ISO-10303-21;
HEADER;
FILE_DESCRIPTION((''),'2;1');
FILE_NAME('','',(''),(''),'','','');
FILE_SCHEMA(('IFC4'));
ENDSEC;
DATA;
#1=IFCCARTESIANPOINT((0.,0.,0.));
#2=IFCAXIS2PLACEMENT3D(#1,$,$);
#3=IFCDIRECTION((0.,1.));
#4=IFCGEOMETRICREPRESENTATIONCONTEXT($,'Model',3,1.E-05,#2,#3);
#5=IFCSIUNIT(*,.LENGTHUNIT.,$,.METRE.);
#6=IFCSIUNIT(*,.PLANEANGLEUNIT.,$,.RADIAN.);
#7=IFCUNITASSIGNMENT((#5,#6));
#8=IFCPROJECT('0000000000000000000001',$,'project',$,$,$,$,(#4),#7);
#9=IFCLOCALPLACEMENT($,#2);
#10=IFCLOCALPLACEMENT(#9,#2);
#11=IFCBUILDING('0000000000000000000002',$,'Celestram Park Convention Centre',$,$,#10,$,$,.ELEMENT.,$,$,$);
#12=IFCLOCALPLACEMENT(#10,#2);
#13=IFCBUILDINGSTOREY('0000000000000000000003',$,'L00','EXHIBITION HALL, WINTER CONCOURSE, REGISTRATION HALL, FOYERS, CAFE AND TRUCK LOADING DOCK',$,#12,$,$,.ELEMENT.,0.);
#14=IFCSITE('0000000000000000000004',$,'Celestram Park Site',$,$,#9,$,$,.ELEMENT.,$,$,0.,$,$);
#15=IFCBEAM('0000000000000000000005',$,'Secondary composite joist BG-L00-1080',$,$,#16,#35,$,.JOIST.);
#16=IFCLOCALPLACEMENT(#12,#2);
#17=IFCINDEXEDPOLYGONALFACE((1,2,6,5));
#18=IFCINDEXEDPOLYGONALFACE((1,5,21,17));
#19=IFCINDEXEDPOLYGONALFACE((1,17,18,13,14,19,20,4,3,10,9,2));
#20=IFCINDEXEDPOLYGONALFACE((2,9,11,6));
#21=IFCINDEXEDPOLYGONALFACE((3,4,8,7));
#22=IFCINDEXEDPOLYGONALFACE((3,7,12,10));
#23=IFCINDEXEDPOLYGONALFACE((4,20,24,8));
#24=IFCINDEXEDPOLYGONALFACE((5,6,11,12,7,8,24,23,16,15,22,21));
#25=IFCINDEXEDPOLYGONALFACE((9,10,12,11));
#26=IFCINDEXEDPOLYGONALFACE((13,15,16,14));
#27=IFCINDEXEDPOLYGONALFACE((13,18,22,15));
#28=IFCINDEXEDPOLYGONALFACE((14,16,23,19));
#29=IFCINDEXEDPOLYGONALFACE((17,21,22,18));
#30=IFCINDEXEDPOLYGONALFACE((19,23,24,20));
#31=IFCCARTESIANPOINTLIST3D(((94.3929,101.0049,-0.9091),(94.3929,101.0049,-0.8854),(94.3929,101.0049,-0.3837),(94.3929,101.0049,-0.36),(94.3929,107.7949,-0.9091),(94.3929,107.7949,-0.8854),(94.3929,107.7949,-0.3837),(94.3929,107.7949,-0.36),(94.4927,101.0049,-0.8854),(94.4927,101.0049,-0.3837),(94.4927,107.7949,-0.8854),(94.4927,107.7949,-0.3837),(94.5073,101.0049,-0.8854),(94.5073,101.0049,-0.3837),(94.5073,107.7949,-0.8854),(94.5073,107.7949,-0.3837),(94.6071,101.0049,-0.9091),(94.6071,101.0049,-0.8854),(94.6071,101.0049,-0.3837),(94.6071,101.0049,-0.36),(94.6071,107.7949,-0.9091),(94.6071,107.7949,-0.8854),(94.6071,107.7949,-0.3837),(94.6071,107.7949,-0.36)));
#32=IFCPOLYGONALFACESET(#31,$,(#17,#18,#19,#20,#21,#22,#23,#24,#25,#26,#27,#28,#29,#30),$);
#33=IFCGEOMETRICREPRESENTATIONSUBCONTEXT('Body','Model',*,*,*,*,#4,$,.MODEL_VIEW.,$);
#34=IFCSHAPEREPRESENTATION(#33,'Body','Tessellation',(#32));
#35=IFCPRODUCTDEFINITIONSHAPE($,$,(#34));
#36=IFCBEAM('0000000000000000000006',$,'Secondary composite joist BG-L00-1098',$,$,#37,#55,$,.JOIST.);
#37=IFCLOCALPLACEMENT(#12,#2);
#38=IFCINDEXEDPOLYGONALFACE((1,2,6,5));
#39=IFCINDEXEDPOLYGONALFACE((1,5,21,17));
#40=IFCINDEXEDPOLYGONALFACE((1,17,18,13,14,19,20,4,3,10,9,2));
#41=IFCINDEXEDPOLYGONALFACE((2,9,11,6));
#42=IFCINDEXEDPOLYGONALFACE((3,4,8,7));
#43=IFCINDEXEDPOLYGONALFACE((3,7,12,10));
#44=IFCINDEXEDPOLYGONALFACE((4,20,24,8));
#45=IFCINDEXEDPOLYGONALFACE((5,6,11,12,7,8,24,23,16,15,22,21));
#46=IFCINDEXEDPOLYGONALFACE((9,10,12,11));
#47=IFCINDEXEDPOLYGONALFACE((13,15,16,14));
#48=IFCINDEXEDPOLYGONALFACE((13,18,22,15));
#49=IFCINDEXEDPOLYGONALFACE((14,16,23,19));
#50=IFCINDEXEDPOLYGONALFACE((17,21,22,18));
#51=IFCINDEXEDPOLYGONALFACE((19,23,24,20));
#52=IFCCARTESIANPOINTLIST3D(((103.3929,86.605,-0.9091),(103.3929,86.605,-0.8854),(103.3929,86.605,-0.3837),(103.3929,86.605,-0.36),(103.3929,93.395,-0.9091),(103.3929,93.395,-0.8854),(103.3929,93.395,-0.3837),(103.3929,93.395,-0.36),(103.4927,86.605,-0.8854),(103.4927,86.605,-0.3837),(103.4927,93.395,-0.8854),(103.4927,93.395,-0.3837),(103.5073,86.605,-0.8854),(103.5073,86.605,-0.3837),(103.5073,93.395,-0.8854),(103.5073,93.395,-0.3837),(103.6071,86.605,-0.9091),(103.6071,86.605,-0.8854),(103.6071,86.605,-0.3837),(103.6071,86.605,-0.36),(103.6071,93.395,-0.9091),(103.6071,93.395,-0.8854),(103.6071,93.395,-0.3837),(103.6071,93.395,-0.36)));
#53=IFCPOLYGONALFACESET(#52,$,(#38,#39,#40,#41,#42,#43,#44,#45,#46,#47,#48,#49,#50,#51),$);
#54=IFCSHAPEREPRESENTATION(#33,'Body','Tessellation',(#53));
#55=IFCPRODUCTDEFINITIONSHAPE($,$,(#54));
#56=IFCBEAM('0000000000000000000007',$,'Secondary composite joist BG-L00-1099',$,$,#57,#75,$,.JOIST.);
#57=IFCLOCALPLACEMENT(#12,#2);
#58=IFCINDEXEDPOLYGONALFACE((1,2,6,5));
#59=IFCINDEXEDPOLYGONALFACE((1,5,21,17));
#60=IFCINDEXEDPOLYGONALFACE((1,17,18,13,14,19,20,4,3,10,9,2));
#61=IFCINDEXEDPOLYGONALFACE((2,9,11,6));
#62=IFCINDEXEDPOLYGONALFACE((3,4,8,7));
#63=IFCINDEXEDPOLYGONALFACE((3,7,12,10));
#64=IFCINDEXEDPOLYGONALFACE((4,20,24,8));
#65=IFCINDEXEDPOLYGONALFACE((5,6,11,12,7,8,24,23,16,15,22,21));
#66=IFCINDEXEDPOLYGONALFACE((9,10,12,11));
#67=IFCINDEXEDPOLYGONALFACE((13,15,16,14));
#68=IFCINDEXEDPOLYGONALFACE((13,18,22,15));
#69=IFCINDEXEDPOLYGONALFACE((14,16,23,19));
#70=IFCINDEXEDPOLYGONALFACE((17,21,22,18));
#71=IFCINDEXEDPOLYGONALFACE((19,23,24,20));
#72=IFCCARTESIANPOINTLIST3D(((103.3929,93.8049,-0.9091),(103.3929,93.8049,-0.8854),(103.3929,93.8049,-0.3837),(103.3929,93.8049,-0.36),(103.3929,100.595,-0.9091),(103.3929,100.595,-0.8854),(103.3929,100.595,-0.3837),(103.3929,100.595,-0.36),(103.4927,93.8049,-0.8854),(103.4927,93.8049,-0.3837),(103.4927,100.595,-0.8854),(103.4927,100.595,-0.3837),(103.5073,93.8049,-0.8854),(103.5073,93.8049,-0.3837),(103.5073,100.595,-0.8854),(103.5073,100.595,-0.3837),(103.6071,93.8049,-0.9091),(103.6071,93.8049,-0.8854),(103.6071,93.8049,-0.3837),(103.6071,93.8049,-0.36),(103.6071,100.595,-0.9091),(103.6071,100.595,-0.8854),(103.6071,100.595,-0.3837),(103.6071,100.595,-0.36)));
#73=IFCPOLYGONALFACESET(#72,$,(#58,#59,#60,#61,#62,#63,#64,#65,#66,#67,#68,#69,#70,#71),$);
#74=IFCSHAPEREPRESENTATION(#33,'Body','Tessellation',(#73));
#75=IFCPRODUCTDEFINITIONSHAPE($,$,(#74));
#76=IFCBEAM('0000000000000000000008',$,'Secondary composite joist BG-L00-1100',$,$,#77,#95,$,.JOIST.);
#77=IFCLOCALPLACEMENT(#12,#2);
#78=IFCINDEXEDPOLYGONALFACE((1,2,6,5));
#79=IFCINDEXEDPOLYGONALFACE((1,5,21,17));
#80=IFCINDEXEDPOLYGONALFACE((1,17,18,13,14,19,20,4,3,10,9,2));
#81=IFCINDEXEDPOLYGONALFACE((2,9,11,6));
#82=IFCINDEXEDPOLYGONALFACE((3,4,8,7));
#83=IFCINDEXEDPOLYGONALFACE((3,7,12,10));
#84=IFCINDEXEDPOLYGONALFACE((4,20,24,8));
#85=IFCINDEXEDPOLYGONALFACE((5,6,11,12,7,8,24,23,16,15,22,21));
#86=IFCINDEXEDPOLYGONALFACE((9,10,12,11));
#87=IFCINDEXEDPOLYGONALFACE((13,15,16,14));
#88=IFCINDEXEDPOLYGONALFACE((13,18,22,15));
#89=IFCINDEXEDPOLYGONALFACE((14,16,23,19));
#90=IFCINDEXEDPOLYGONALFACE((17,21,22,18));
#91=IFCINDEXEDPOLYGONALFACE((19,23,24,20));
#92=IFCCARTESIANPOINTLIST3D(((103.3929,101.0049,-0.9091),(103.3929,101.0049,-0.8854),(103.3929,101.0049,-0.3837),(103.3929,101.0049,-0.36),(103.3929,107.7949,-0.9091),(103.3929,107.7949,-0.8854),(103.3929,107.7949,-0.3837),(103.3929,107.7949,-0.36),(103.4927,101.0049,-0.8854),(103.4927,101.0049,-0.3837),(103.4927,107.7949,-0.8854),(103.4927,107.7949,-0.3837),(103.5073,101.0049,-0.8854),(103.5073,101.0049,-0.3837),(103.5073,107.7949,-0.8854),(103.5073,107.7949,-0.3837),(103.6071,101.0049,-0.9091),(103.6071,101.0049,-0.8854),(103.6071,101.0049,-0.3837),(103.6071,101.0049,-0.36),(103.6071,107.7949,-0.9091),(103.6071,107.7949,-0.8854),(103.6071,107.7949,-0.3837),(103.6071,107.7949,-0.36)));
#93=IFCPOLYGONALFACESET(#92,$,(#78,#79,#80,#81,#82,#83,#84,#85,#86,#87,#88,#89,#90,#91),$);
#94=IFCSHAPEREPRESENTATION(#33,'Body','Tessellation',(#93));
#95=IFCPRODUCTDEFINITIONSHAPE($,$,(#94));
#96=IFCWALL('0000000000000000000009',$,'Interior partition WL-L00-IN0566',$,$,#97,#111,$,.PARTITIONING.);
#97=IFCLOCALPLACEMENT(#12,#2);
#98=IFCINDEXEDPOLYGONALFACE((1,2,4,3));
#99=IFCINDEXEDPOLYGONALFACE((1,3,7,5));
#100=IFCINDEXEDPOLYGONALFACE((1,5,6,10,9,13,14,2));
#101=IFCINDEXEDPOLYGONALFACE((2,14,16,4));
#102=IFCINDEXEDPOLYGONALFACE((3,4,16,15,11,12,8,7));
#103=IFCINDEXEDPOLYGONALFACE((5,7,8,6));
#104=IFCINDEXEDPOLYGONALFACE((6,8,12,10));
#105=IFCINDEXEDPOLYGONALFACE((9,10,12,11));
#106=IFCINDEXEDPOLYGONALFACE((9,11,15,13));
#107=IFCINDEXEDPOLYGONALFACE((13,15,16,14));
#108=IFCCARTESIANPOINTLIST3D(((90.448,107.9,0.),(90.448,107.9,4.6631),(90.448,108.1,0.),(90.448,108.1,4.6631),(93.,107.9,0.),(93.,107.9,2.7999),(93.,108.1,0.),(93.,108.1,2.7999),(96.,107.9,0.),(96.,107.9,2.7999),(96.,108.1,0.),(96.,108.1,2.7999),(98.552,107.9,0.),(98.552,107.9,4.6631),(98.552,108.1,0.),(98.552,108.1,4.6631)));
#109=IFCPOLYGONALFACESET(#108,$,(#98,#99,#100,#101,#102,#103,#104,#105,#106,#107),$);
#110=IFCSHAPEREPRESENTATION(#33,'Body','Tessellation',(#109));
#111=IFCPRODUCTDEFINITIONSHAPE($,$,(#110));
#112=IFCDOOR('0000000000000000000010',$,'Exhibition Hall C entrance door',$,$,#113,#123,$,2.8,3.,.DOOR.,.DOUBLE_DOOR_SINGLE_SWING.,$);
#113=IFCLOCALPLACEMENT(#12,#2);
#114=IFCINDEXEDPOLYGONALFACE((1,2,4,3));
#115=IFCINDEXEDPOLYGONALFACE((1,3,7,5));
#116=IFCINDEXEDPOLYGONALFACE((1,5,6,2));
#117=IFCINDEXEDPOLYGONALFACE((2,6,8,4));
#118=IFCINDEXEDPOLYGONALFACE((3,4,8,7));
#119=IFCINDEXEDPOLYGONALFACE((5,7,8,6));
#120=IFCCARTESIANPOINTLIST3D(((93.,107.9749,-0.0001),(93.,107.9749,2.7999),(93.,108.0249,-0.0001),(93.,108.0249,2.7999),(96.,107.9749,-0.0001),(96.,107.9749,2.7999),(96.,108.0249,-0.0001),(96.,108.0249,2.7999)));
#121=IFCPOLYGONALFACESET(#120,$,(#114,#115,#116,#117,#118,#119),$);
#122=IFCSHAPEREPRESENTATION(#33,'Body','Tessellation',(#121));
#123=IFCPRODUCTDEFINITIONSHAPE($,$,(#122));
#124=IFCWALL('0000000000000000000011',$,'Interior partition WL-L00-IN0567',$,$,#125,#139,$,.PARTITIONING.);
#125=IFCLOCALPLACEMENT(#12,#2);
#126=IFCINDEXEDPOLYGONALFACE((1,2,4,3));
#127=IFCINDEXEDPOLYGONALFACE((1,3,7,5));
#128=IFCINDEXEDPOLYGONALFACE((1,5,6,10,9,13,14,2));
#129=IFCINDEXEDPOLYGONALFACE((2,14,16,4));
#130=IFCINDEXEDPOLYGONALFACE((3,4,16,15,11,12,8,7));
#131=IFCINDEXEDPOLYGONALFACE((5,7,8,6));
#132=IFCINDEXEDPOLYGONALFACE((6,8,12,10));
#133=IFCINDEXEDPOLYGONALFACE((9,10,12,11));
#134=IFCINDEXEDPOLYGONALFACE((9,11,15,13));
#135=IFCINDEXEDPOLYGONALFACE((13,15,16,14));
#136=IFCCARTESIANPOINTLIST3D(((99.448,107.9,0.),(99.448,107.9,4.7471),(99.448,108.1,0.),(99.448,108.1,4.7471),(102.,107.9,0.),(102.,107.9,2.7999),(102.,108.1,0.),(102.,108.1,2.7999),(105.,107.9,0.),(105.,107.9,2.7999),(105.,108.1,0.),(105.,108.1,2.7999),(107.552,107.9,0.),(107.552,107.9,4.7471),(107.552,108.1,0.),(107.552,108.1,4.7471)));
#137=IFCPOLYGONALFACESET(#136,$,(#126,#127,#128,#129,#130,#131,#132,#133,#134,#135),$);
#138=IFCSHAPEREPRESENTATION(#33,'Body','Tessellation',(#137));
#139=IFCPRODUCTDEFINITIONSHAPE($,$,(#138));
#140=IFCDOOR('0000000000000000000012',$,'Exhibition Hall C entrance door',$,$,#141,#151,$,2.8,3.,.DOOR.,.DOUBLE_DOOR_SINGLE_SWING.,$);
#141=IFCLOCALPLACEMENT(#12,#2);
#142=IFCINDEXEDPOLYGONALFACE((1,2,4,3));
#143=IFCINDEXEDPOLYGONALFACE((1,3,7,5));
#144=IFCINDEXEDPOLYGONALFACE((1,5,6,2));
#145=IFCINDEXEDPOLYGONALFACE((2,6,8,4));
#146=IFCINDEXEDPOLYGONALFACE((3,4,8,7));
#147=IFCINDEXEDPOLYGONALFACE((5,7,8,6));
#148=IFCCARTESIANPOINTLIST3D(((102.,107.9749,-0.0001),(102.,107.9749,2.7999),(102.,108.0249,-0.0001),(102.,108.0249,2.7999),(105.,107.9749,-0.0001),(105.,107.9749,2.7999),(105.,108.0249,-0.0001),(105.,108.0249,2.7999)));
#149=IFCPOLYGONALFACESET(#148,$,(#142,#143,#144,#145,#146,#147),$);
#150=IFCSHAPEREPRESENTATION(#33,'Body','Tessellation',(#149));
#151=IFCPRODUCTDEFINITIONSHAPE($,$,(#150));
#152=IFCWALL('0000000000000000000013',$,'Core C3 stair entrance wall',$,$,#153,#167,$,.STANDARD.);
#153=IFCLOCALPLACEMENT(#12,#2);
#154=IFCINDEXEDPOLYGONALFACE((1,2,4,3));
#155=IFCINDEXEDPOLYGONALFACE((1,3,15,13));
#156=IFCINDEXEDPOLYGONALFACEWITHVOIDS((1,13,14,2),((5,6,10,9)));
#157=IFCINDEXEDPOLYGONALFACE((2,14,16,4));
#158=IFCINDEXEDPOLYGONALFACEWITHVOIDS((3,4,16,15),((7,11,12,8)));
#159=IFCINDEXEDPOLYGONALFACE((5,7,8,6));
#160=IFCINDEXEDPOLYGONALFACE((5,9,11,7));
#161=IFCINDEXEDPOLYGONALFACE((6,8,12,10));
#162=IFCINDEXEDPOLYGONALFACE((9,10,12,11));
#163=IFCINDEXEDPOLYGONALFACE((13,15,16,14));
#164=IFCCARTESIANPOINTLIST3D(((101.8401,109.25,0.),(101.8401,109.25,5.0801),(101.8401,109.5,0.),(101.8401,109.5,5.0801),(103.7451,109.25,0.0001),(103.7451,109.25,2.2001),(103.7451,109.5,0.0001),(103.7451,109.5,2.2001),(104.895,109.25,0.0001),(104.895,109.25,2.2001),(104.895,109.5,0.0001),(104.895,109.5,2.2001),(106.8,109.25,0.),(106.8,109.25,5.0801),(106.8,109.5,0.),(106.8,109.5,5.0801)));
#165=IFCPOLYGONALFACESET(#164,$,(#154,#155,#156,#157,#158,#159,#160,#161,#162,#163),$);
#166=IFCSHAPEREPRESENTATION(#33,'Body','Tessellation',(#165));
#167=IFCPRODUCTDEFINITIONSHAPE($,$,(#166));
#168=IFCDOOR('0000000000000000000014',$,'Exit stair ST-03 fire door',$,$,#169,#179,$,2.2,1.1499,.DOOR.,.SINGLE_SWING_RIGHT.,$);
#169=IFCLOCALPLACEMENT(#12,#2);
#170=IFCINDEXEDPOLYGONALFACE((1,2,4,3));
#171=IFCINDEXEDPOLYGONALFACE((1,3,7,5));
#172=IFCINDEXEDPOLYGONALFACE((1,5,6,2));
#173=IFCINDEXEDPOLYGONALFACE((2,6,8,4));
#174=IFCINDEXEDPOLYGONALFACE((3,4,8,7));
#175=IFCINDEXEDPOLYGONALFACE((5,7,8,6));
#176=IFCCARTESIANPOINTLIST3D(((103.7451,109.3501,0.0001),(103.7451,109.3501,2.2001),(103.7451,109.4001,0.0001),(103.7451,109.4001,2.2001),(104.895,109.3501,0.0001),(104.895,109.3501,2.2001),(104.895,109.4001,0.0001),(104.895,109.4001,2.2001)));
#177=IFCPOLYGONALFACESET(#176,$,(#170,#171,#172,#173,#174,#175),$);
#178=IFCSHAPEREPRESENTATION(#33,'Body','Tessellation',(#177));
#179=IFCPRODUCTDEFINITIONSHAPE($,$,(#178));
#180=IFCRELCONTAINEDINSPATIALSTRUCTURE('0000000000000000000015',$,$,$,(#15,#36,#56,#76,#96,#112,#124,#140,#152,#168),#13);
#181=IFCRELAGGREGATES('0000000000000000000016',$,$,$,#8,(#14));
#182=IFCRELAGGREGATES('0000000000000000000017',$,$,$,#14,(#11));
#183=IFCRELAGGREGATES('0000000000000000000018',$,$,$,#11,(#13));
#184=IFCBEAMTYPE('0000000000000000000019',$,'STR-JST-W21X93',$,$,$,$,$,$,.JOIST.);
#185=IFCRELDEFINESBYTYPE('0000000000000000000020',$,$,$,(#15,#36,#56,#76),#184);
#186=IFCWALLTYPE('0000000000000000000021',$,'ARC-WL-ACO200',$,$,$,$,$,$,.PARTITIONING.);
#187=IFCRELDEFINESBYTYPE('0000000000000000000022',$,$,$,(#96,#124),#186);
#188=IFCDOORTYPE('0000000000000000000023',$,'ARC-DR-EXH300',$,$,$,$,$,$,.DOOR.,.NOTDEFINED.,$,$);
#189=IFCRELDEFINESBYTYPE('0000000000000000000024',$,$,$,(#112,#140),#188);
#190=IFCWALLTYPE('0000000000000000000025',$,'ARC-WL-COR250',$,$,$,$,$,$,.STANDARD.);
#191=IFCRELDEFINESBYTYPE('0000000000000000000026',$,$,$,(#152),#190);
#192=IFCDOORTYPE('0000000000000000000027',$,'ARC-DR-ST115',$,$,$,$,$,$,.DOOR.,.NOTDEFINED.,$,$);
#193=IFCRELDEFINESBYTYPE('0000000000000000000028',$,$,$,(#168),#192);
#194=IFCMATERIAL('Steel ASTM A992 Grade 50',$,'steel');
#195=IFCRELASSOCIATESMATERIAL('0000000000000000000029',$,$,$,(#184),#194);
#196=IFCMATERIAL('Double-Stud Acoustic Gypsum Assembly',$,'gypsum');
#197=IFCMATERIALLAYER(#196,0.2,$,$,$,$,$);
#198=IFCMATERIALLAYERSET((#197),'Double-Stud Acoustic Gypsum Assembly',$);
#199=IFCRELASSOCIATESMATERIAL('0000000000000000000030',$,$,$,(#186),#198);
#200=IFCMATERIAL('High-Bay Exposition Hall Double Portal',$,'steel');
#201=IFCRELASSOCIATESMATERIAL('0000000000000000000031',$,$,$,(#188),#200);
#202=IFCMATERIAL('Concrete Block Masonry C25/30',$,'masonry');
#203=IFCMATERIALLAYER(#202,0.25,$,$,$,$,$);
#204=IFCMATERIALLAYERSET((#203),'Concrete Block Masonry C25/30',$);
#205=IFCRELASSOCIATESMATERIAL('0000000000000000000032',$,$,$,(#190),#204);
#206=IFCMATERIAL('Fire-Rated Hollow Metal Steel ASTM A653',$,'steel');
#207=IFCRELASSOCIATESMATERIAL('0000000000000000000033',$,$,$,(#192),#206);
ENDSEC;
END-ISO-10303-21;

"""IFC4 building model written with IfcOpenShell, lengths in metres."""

from ifc_helpers import new_model, si_unit, direction, frame, frame_2d, origin, origin_2d, place, context, subcontext, project, spatial, rectangle, i_section, extrude, material, layer, layer_set, material_profile, profile_set, type_object, element, fill, save


model = new_model("IFC4")

# Units and contexts
model_context = context("Model", 3, precision=1e-05, world=origin(), true_north=direction((0.0, 1.0)))
body_context = subcontext(model_context, "Body", "Model", "MODEL_VIEW")
ifc_project = project(units=[si_unit("LENGTHUNIT", "METRE"), si_unit("PLANEANGLEUNIT", "RADIAN")], contexts=[model_context])

# Site, building, storey
site_placement = place(None, origin())
site = spatial("IfcSite", under=ifc_project, at=site_placement, Name="Celestram Park Site", CompositionType="ELEMENT", RefElevation=0.0)
building_placement = place(site_placement, origin())
building = spatial("IfcBuilding", under=site, at=building_placement, Name="Celestram Park Convention Centre", CompositionType="ELEMENT")
storey_placement = place(building_placement, origin())
storey = spatial("IfcBuildingStorey", under=building, at=storey_placement, Name="L00", Description="EXHIBITION HALL, WINTER CONCOURSE, REGISTRATION HALL, FOYERS, CAFE AND TRUCK LOADING DOCK", CompositionType="ELEMENT", Elevation=0.0)

# Beams
ifc_material_1 = material(Name="Steel ASTM A992 Grade 50", Category="steel")
ifc_material_profile_1 = material_profile(ifc_material_1, i_section(OverallWidth=0.2141, OverallDepth=0.5491, WebThickness=0.0146, FlangeThickness=0.0237, at=origin_2d()), Name="W21X93")
ifc_profile_set_1 = profile_set([ifc_material_profile_1], Name="Steel ASTM A992 Grade 50")
beam_type_1 = type_object("IfcBeamType", Name="STR-JST-W21X93", PredefinedType="JOIST", material=ifc_profile_set_1)
for number, where, z_axis, x_axis, name in (
    (1, (94.5, 101.0049, -0.6345), (0.0, 1.0, 0.0), (-1.0, 0.0, 0.0), "Secondary composite joist BG-L00-1080"),
    (2, (103.5, 86.605, -0.6345), (0.0, 1.0, 0.0), (-1.0, 0.0, 0.0), "Secondary composite joist BG-L00-1098"),
    (3, (103.5, 93.8049, -0.6345), (0.0, 1.0, 0.0), (-1.0, 0.0, 0.0), "Secondary composite joist BG-L00-1099"),
    (4, (103.5, 101.0049, -0.6345), (0.0, 1.0, 0.0), (-1.0, 0.0, 0.0), "Secondary composite joist BG-L00-1100"),
):
    element("IfcBeam", number, at=place(storey_placement, frame(where, z_axis=z_axis, x_axis=x_axis)), inside=storey, type_object=beam_type_1, Name=name, PredefinedType="JOIST", context=body_context, shape_type="SweptSolid", body=[
        extrude(i_section(OverallWidth=0.2141, OverallDepth=0.5491, WebThickness=0.0146, FlangeThickness=0.0237, at=origin_2d()), origin(), (0.0, 0.0, 1.0), 6.79),
    ])

# Walls, openings, doors
ifc_material_2 = material(Name="Double-Stud Acoustic Gypsum Assembly", Category="gypsum")
ifc_layer_1 = layer(ifc_material_2, 0.2)
ifc_layer_set_1 = layer_set([ifc_layer_1], Name="Double-Stud Acoustic Gypsum Assembly")
wall_type_1 = type_object("IfcWallType", Name="ARC-WL-ACO200", PredefinedType="PARTITIONING", material=ifc_layer_set_1)
wall_1_placement = place(storey_placement, frame((90.448, 108.0, 0.0), z_axis=(0.0, 0.0, 1.0), x_axis=(1.0, 0.0, 0.0)))
wall_1 = element("IfcWall", 5, at=wall_1_placement, inside=storey, type_object=wall_type_1, Name="Interior partition WL-L00-IN0566", PredefinedType="PARTITIONING", context=body_context, shape_type="SweptSolid", body=[
    extrude(rectangle(XDim=8.104, YDim=0.2, at=frame_2d((4.052, 0.0))), origin(), (0.0, 0.0, 1.0), 4.6631),
])
opening_1_placement = place(wall_1_placement, frame((2.552, 0.0, 0.0)))
opening_1 = element("IfcOpeningElement", 6, at=opening_1_placement, cuts=wall_1, PredefinedType="OPENING", context=body_context, shape_type="SweptSolid", body=[
    extrude(rectangle(XDim=3.0, YDim=2.8, at=frame_2d((1.5, 1.3999))), frame((0.0, 0.1099, 0.0), z_axis=(0.0, -1.0, 0.0), x_axis=(1.0, 0.0, 0.0)), (0.0, 0.0, 1.0), 0.22),
])
ifc_material_3 = material(Name="High-Bay Exposition Hall Double Portal", Category="steel")
door_type_1 = type_object("IfcDoorType", Name="ARC-DR-EXH300", OperationType="NOTDEFINED", PredefinedType="DOOR", material=ifc_material_3)
door_1_placement = place(opening_1_placement, origin())
door_1 = element("IfcDoor", 7, at=door_1_placement, inside=storey, type_object=door_type_1, Name="Exhibition Hall C entrance door", OperationType="DOUBLE_DOOR_SINGLE_SWING", OverallHeight=2.8, OverallWidth=3.0, PredefinedType="DOOR", context=body_context, shape_type="SweptSolid", body=[
    extrude(rectangle(XDim=3.0, YDim=2.8, at=frame_2d((1.5, 1.3999))), frame((0.0, 0.0249, 0.0), z_axis=(0.0, -1.0, 0.0), x_axis=(1.0, 0.0, 0.0)), (0.0, 0.0, 1.0), 0.05),
])
fill(opening_1, door_1)
wall_2_placement = place(storey_placement, frame((99.448, 108.0, 0.0), z_axis=(0.0, 0.0, 1.0), x_axis=(1.0, 0.0, 0.0)))
wall_2 = element("IfcWall", 8, at=wall_2_placement, inside=storey, type_object=wall_type_1, Name="Interior partition WL-L00-IN0567", PredefinedType="PARTITIONING", context=body_context, shape_type="SweptSolid", body=[
    extrude(rectangle(XDim=8.104, YDim=0.2, at=frame_2d((4.052, 0.0))), origin(), (0.0, 0.0, 1.0), 4.7471),
])
opening_2_placement = place(wall_2_placement, frame((2.552, 0.0, 0.0)))
opening_2 = element("IfcOpeningElement", 9, at=opening_2_placement, cuts=wall_2, PredefinedType="OPENING", context=body_context, shape_type="SweptSolid", body=[
    extrude(rectangle(XDim=3.0, YDim=2.8, at=frame_2d((1.5, 1.3999))), frame((0.0, 0.1099, 0.0), z_axis=(0.0, -1.0, 0.0), x_axis=(1.0, 0.0, 0.0)), (0.0, 0.0, 1.0), 0.22),
])
door_2_placement = place(opening_2_placement, origin())
door_2 = element("IfcDoor", 10, at=door_2_placement, inside=storey, type_object=door_type_1, Name="Exhibition Hall C entrance door", OperationType="DOUBLE_DOOR_SINGLE_SWING", OverallHeight=2.8, OverallWidth=3.0, PredefinedType="DOOR", context=body_context, shape_type="SweptSolid", body=[
    extrude(rectangle(XDim=3.0, YDim=2.8, at=frame_2d((1.5, 1.3999))), frame((0.0, 0.0249, 0.0), z_axis=(0.0, -1.0, 0.0), x_axis=(1.0, 0.0, 0.0)), (0.0, 0.0, 1.0), 0.05),
])
fill(opening_2, door_2)
ifc_material_4 = material(Name="Concrete Block Masonry C25/30", Category="masonry")
ifc_layer_2 = layer(ifc_material_4, 0.25)
ifc_layer_set_2 = layer_set([ifc_layer_2], Name="Concrete Block Masonry C25/30")
wall_type_2 = type_object("IfcWallType", Name="ARC-WL-COR250", PredefinedType="STANDARD", material=ifc_layer_set_2)
wall_3_placement = place(storey_placement, frame((106.8, 109.375, 0.0), z_axis=(0.0, 0.0, 1.0), x_axis=(-1.0, 0.0, 0.0)))
wall_3 = element("IfcWall", 11, at=wall_3_placement, inside=storey, type_object=wall_type_2, Name="Core C3 stair entrance wall", PredefinedType="STANDARD", context=body_context, shape_type="SweptSolid", body=[
    extrude(rectangle(XDim=4.96, YDim=0.25, at=frame_2d((2.48, 0.0))), origin(), (0.0, 0.0, 1.0), 5.0801),
])
opening_3_placement = place(wall_3_placement, frame((1.905, 0.0, 0.0)))
opening_3 = element("IfcOpeningElement", 12, at=opening_3_placement, cuts=wall_3, PredefinedType="OPENING", context=body_context, shape_type="SweptSolid", body=[
    extrude(rectangle(XDim=1.1499, YDim=2.2, at=frame_2d((0.575, 1.1001))), frame((0.0, 0.135, 0.0), z_axis=(0.0, -1.0, 0.0), x_axis=(1.0, 0.0, 0.0)), (0.0, 0.0, 1.0), 0.27),
])
ifc_material_5 = material(Name="Fire-Rated Hollow Metal Steel ASTM A653", Category="steel")
door_type_2 = type_object("IfcDoorType", Name="ARC-DR-ST115", OperationType="NOTDEFINED", PredefinedType="DOOR", material=ifc_material_5)
door_3_placement = place(opening_3_placement, origin())
door_3 = element("IfcDoor", 13, at=door_3_placement, inside=storey, type_object=door_type_2, Name="Exit stair ST-03 fire door", OperationType="SINGLE_SWING_RIGHT", OverallHeight=2.2, OverallWidth=1.1499, PredefinedType="DOOR", context=body_context, shape_type="SweptSolid", body=[
    extrude(rectangle(XDim=1.1499, YDim=2.2, at=frame_2d((0.575, 1.1001))), frame((0.0, 0.0249, 0.0), z_axis=(0.0, -1.0, 0.0), x_axis=(1.0, 0.0, 0.0)), (0.0, 0.0, 1.0), 0.05),
])
fill(opening_3, door_3)

save(model, "model.ifc")
